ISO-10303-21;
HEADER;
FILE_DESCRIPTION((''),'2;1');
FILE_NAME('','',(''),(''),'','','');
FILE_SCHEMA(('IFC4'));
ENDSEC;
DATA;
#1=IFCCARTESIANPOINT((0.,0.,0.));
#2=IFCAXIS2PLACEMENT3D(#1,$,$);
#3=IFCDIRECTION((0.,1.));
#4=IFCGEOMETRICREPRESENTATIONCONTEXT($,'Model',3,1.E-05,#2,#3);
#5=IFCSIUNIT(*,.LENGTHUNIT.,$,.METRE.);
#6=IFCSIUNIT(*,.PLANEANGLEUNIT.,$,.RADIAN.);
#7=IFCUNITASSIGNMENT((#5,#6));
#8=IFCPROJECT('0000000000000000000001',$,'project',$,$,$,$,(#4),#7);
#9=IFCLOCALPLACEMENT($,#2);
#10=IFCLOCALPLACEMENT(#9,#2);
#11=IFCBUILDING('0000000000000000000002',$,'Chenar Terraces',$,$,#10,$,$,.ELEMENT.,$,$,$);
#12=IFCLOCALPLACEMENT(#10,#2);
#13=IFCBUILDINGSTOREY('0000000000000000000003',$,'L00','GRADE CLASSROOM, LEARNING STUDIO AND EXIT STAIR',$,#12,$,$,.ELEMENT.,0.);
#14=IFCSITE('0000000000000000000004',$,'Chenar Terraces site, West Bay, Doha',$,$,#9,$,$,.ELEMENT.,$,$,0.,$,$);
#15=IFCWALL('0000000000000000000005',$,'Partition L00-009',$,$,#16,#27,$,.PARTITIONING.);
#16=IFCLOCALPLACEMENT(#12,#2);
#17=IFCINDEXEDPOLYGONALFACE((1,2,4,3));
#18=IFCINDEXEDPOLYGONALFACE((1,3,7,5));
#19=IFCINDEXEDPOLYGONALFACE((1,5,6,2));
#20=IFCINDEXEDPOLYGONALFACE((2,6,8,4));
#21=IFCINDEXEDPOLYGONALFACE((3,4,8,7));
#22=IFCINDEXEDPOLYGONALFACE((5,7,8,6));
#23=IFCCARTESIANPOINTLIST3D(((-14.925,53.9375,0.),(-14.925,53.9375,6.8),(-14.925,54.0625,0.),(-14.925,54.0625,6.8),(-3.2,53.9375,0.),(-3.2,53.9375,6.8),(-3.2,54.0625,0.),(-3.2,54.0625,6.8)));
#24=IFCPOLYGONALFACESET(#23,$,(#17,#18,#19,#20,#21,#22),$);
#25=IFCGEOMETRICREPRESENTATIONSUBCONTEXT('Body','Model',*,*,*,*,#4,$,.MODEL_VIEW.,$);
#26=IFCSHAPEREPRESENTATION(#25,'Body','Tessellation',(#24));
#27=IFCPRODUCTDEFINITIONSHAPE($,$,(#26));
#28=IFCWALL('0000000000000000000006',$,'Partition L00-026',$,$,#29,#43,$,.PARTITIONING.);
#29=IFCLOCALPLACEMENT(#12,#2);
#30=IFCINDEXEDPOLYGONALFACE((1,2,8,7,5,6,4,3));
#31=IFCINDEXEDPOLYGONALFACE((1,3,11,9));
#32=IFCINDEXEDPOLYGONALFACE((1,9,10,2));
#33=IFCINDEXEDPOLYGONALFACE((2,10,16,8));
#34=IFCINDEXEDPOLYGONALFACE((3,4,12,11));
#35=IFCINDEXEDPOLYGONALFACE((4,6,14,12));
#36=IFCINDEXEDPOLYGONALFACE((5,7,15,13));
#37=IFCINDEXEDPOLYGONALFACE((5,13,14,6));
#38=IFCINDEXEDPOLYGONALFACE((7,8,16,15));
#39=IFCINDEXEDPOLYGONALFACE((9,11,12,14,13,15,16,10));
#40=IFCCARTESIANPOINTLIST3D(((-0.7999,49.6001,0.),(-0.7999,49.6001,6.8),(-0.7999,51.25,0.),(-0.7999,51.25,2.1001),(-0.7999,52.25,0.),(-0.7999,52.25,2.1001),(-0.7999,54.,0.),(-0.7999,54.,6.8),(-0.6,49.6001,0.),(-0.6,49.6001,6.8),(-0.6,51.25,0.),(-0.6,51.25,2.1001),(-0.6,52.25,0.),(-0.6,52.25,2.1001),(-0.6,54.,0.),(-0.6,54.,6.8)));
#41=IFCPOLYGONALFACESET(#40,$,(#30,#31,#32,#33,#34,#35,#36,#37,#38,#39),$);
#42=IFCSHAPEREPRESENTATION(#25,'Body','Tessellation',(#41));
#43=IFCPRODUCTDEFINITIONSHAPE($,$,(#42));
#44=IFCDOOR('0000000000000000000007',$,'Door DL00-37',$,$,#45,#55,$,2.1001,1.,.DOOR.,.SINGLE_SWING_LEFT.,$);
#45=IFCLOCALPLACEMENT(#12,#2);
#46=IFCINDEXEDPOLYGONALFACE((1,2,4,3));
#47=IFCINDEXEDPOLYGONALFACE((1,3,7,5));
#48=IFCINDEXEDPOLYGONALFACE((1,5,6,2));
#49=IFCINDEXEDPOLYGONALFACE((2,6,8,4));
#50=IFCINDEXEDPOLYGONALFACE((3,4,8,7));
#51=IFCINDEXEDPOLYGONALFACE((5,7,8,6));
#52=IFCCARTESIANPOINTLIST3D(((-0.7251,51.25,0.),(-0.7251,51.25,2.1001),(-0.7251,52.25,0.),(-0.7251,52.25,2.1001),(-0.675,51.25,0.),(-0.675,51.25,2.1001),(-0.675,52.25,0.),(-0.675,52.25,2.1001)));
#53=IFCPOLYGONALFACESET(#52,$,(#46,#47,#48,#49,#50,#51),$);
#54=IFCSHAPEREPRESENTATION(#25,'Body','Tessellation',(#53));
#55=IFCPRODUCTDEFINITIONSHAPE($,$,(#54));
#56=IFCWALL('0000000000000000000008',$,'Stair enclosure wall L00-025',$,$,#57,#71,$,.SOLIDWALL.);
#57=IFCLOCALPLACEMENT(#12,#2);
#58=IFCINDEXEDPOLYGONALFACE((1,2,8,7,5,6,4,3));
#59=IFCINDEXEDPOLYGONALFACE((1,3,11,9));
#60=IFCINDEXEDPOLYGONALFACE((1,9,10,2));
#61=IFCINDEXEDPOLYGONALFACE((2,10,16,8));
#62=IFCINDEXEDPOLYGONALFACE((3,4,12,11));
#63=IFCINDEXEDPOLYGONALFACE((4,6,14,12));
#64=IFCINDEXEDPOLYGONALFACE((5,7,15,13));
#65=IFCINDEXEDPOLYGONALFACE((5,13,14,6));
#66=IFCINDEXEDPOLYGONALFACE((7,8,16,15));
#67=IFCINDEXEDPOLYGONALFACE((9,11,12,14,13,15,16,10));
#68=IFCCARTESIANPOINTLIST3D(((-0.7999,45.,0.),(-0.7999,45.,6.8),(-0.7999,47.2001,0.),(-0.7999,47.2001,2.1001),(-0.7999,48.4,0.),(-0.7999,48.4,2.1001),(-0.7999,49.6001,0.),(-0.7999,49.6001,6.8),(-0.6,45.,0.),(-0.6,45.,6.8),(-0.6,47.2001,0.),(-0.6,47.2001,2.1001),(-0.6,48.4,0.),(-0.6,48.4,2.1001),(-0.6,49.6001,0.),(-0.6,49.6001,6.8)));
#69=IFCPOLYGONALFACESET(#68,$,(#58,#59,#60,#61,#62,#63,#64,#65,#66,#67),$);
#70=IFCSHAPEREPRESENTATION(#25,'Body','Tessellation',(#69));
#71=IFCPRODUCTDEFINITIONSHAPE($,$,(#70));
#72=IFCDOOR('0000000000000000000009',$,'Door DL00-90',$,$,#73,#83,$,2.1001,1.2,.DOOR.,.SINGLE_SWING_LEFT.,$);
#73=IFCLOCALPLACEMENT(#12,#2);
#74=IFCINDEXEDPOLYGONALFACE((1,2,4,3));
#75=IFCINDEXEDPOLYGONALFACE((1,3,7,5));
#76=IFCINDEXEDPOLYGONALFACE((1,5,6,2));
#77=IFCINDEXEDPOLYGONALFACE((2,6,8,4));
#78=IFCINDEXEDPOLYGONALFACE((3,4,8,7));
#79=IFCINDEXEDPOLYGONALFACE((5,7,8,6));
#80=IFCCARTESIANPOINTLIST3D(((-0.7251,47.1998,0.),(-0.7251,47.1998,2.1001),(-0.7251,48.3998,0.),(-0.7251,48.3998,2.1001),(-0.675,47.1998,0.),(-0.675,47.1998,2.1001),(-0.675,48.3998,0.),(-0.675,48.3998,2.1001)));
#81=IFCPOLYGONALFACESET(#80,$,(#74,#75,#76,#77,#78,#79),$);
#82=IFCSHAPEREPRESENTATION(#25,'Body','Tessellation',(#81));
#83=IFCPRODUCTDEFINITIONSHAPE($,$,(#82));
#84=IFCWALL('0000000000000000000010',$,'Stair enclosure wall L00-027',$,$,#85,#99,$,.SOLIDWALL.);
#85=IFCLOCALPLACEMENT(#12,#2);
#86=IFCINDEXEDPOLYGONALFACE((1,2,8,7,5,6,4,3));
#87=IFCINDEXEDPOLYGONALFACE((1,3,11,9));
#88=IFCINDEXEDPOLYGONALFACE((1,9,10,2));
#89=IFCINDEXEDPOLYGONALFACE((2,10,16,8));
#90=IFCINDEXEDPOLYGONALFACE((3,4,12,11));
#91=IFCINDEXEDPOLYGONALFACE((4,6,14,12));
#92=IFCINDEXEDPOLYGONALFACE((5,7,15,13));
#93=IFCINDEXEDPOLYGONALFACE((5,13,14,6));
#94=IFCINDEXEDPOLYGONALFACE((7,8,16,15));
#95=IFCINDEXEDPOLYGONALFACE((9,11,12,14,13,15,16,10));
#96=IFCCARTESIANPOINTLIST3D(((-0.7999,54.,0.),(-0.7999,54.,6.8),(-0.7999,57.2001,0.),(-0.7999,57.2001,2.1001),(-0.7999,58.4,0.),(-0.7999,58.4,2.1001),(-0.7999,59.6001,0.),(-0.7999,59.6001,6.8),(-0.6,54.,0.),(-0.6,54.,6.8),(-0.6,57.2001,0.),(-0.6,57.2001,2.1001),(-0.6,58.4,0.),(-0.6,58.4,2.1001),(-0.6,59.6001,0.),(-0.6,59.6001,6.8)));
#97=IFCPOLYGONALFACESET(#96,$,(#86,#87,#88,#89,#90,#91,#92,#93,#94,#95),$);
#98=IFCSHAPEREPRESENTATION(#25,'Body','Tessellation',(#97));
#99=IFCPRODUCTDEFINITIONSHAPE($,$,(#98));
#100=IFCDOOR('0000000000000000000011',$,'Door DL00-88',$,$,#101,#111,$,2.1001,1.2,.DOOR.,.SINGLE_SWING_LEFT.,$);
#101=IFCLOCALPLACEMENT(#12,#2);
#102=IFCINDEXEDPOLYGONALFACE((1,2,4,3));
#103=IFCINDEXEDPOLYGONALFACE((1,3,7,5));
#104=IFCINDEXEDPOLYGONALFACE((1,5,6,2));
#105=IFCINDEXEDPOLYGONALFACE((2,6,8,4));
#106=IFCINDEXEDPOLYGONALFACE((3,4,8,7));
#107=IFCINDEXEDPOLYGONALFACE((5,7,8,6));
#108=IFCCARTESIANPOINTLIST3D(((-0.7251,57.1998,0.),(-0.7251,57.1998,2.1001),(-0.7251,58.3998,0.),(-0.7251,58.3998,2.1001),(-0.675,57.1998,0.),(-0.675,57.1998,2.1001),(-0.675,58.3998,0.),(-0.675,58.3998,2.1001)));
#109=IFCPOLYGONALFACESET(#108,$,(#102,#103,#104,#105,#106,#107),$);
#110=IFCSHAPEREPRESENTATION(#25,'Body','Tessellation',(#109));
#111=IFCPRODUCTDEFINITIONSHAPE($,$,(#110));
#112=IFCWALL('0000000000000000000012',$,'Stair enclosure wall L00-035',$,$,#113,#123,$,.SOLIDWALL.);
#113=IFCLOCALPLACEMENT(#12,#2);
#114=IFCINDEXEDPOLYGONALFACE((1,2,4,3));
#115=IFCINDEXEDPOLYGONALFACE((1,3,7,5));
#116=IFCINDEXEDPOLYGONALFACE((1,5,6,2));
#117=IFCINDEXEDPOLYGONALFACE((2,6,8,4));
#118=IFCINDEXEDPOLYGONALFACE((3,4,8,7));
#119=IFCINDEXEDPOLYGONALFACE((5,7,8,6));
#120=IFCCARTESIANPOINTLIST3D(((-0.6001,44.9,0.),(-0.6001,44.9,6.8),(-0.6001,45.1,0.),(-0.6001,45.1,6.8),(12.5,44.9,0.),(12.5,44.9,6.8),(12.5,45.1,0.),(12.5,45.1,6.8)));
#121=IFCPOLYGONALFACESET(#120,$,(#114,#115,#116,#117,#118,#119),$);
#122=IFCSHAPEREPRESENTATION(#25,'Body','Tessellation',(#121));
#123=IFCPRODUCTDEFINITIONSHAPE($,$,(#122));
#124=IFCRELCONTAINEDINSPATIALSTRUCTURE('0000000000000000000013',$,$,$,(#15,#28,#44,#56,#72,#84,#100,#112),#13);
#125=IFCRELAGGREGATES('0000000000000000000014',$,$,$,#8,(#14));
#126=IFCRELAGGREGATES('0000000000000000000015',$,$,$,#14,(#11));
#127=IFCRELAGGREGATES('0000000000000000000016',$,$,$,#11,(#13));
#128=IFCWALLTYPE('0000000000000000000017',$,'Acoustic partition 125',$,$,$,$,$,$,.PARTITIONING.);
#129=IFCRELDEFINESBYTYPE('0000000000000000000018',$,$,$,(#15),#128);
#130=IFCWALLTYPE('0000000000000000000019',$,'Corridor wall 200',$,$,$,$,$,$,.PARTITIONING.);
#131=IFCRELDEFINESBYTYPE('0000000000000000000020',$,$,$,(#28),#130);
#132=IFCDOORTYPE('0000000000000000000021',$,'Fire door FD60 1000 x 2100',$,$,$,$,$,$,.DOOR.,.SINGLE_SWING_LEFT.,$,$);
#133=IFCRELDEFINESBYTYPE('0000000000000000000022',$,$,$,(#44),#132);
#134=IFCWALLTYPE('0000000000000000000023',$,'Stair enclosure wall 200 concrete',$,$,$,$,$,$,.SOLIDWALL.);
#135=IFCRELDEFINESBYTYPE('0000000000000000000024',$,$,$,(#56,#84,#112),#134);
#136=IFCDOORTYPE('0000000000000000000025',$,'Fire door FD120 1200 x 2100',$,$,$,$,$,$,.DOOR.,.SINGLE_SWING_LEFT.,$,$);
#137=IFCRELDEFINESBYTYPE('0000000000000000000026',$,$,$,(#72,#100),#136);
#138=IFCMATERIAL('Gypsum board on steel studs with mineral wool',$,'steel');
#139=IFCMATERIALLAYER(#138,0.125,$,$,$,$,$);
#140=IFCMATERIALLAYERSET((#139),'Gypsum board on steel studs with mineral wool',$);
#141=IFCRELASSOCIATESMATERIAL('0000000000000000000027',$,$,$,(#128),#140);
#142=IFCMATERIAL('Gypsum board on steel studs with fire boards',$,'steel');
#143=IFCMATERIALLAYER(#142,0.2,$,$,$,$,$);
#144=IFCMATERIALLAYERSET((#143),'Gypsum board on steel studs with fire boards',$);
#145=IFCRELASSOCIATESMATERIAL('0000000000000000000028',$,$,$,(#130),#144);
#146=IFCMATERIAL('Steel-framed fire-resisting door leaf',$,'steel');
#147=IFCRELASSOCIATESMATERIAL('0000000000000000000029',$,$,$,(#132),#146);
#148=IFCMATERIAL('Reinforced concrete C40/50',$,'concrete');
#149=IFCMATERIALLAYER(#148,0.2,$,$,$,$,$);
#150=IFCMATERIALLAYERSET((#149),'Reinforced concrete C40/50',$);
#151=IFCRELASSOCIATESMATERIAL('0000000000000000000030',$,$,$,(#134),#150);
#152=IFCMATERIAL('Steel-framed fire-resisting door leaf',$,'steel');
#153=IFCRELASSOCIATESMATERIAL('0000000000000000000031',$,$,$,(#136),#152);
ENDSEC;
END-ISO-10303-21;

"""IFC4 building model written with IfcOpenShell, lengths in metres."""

from ifc_helpers import new_model, si_unit, direction, frame, frame_2d, origin, place, context, subcontext, project, spatial, rectangle, extrude, material, layer, layer_set, type_object, element, fill, save


model = new_model("IFC4")

# Units and contexts
model_context = context("Model", 3, precision=1e-05, world=origin(), true_north=direction((0.0, 1.0)))
body_context = subcontext(model_context, "Body", "Model", "MODEL_VIEW")
ifc_project = project(units=[si_unit("LENGTHUNIT", "METRE"), si_unit("PLANEANGLEUNIT", "RADIAN")], contexts=[model_context])

# Site, building, storey
site_placement = place(None, origin())
site = spatial("IfcSite", under=ifc_project, at=site_placement, Name="Chenar Terraces site, West Bay, Doha", CompositionType="ELEMENT", RefElevation=0.0)
building_placement = place(site_placement, origin())
building = spatial("IfcBuilding", under=site, at=building_placement, Name="Chenar Terraces", CompositionType="ELEMENT")
storey_placement = place(building_placement, origin())
storey = spatial("IfcBuildingStorey", under=building, at=storey_placement, Name="L00", Description="GRADE CLASSROOM, LEARNING STUDIO AND EXIT STAIR", CompositionType="ELEMENT", Elevation=0.0)

# Wall
ifc_material_1 = material(Name="Gypsum board on steel studs with mineral wool", Category="steel")
ifc_layer_1 = layer(ifc_material_1, 0.125)
ifc_layer_set_1 = layer_set([ifc_layer_1], Name="Gypsum board on steel studs with mineral wool")
wall_type_1 = type_object("IfcWallType", Name="Acoustic partition 125", PredefinedType="PARTITIONING", material=ifc_layer_set_1)
wall_1_placement = place(storey_placement, frame((-14.925, 54.0, 0.0), z_axis=(0.0, 0.0, 1.0), x_axis=(1.0, 0.0, 0.0)))
element("IfcWall", 1, at=wall_1_placement, inside=storey, type_object=wall_type_1, Name="Partition L00-009", PredefinedType="PARTITIONING", context=body_context, shape_type="SweptSolid", body=[
    extrude(rectangle(XDim=11.7251, YDim=0.125, at=frame_2d((5.8625, 0.0))), origin(), (0.0, 0.0, 1.0), 6.8),
])

# Walls, openings, doors
ifc_material_2 = material(Name="Gypsum board on steel studs with fire boards", Category="steel")
ifc_layer_2 = layer(ifc_material_2, 0.2)
ifc_layer_set_2 = layer_set([ifc_layer_2], Name="Gypsum board on steel studs with fire boards")
wall_type_2 = type_object("IfcWallType", Name="Corridor wall 200", PredefinedType="PARTITIONING", material=ifc_layer_set_2)
wall_2_placement = place(storey_placement, frame((-0.7, 49.6001, 0.0), z_axis=(0.0, 0.0, 1.0), x_axis=(0.0, 1.0, 0.0)))
wall_2 = element("IfcWall", 2, at=wall_2_placement, inside=storey, type_object=wall_type_2, Name="Partition L00-026", PredefinedType="PARTITIONING", context=body_context, shape_type="SweptSolid", body=[
    extrude(rectangle(XDim=4.3999, YDim=0.2, at=frame_2d((2.2, 0.0))), origin(), (0.0, 0.0, 1.0), 6.8),
])
opening_1_placement = place(wall_2_placement, frame((1.6499, 0.0, 0.0)))
opening_1 = element("IfcOpeningElement", 3, at=opening_1_placement, cuts=wall_2, PredefinedType="OPENING", context=body_context, shape_type="SweptSolid", body=[
    extrude(rectangle(XDim=1.0, YDim=2.1001, at=frame_2d((0.5, 1.05))), frame((0.0, 0.1099, 0.0), z_axis=(0.0, -1.0, 0.0), x_axis=(1.0, 0.0, 0.0)), (0.0, 0.0, 1.0), 0.22),
])
ifc_material_3 = material(Name="Steel-framed fire-resisting door leaf", Category="steel")
door_type_1 = type_object("IfcDoorType", Name="Fire door FD60 1000 x 2100", OperationType="SINGLE_SWING_LEFT", PredefinedType="DOOR", material=ifc_material_3)
door_1_placement = place(opening_1_placement, frame((1.0, 0.0, 0.0), z_axis=(0.0, 0.0, 1.0), x_axis=(-1.0, 0.0, 0.0)))
door_1 = element("IfcDoor", 4, at=door_1_placement, inside=storey, type_object=door_type_1, Name="Door DL00-37", OperationType="SINGLE_SWING_LEFT", OverallHeight=2.1001, OverallWidth=1.0, PredefinedType="DOOR", context=body_context, shape_type="SweptSolid", body=[
    extrude(rectangle(XDim=1.0, YDim=2.1001, at=frame_2d((0.5, 1.05))), frame((0.0, 0.0249, 0.0), z_axis=(0.0, -1.0, 0.0), x_axis=(1.0, 0.0, 0.0)), (0.0, 0.0, 1.0), 0.05),
])
fill(opening_1, door_1)
ifc_material_4 = material(Name="Reinforced concrete C40/50", Category="concrete")
ifc_layer_3 = layer(ifc_material_4, 0.2)
ifc_layer_set_3 = layer_set([ifc_layer_3], Name="Reinforced concrete C40/50")
wall_type_3 = type_object("IfcWallType", Name="Stair enclosure wall 200 concrete", PredefinedType="SOLIDWALL", material=ifc_layer_set_3)
wall_3_placement = place(storey_placement, frame((-0.7, 45.0, 0.0), z_axis=(0.0, 0.0, 1.0), x_axis=(0.0, 1.0, 0.0)))
wall_3 = element("IfcWall", 5, at=wall_3_placement, inside=storey, type_object=wall_type_3, Name="Stair enclosure wall L00-025", PredefinedType="SOLIDWALL", context=body_context, shape_type="SweptSolid", body=[
    extrude(rectangle(XDim=4.6001, YDim=0.2, at=frame_2d((2.3, 0.0))), origin(), (0.0, 0.0, 1.0), 6.8),
])
opening_2_placement = place(wall_3_placement, frame((2.2, 0.0, 0.0)))
opening_2 = element("IfcOpeningElement", 6, at=opening_2_placement, cuts=wall_3, PredefinedType="OPENING", context=body_context, shape_type="SweptSolid", body=[
    extrude(rectangle(XDim=1.2, YDim=2.1001, at=frame_2d((0.6001, 1.05))), frame((0.0, 0.1099, 0.0), z_axis=(0.0, -1.0, 0.0), x_axis=(1.0, 0.0, 0.0)), (0.0, 0.0, 1.0), 0.22),
])
ifc_material_5 = material(Name="Steel-framed fire-resisting door leaf", Category="steel")
door_type_2 = type_object("IfcDoorType", Name="Fire door FD120 1200 x 2100", OperationType="SINGLE_SWING_LEFT", PredefinedType="DOOR", material=ifc_material_5)
door_2_placement = place(opening_2_placement, frame((1.2, 0.0, 0.0), z_axis=(0.0, 0.0, 1.0), x_axis=(-1.0, 0.0, 0.0)))
door_2 = element("IfcDoor", 7, at=door_2_placement, inside=storey, type_object=door_type_2, Name="Door DL00-90", OperationType="SINGLE_SWING_LEFT", OverallHeight=2.1001, OverallWidth=1.2, PredefinedType="DOOR", context=body_context, shape_type="SweptSolid", body=[
    extrude(rectangle(XDim=1.2, YDim=2.1001, at=frame_2d((0.6001, 1.05))), frame((0.0, 0.0249, 0.0), z_axis=(0.0, -1.0, 0.0), x_axis=(1.0, 0.0, 0.0)), (0.0, 0.0, 1.0), 0.05),
])
fill(opening_2, door_2)
wall_4_placement = place(storey_placement, frame((-0.7, 54.0, 0.0), z_axis=(0.0, 0.0, 1.0), x_axis=(0.0, 1.0, 0.0)))
wall_4 = element("IfcWall", 8, at=wall_4_placement, inside=storey, type_object=wall_type_3, Name="Stair enclosure wall L00-027", PredefinedType="SOLIDWALL", context=body_context, shape_type="SweptSolid", body=[
    extrude(rectangle(XDim=5.6001, YDim=0.2, at=frame_2d((2.8, 0.0))), origin(), (0.0, 0.0, 1.0), 6.8),
])
opening_3_placement = place(wall_4_placement, frame((3.2, 0.0, 0.0)))
opening_3 = element("IfcOpeningElement", 9, at=opening_3_placement, cuts=wall_4, PredefinedType="OPENING", context=body_context, shape_type="SweptSolid", body=[
    extrude(rectangle(XDim=1.2, YDim=2.1001, at=frame_2d((0.6001, 1.05))), frame((0.0, 0.1099, 0.0), z_axis=(0.0, -1.0, 0.0), x_axis=(1.0, 0.0, 0.0)), (0.0, 0.0, 1.0), 0.22),
])
door_3_placement = place(opening_3_placement, frame((1.2, 0.0, 0.0), z_axis=(0.0, 0.0, 1.0), x_axis=(-1.0, 0.0, 0.0)))
door_3 = element("IfcDoor", 10, at=door_3_placement, inside=storey, type_object=door_type_2, Name="Door DL00-88", OperationType="SINGLE_SWING_LEFT", OverallHeight=2.1001, OverallWidth=1.2, PredefinedType="DOOR", context=body_context, shape_type="SweptSolid", body=[
    extrude(rectangle(XDim=1.2, YDim=2.1001, at=frame_2d((0.6001, 1.05))), frame((0.0, 0.0249, 0.0), z_axis=(0.0, -1.0, 0.0), x_axis=(1.0, 0.0, 0.0)), (0.0, 0.0, 1.0), 0.05),
])
fill(opening_3, door_3)

# Wall
wall_5_placement = place(storey_placement, frame((-0.6001, 45.0, 0.0), z_axis=(0.0, 0.0, 1.0), x_axis=(1.0, 0.0, 0.0)))
element("IfcWall", 11, at=wall_5_placement, inside=storey, type_object=wall_type_3, Name="Stair enclosure wall L00-035", PredefinedType="SOLIDWALL", context=body_context, shape_type="SweptSolid", body=[
    extrude(rectangle(XDim=13.1001, YDim=0.2, at=frame_2d((6.55, 0.0))), origin(), (0.0, 0.0, 1.0), 6.8),
])

save(model, "model.ifc")
